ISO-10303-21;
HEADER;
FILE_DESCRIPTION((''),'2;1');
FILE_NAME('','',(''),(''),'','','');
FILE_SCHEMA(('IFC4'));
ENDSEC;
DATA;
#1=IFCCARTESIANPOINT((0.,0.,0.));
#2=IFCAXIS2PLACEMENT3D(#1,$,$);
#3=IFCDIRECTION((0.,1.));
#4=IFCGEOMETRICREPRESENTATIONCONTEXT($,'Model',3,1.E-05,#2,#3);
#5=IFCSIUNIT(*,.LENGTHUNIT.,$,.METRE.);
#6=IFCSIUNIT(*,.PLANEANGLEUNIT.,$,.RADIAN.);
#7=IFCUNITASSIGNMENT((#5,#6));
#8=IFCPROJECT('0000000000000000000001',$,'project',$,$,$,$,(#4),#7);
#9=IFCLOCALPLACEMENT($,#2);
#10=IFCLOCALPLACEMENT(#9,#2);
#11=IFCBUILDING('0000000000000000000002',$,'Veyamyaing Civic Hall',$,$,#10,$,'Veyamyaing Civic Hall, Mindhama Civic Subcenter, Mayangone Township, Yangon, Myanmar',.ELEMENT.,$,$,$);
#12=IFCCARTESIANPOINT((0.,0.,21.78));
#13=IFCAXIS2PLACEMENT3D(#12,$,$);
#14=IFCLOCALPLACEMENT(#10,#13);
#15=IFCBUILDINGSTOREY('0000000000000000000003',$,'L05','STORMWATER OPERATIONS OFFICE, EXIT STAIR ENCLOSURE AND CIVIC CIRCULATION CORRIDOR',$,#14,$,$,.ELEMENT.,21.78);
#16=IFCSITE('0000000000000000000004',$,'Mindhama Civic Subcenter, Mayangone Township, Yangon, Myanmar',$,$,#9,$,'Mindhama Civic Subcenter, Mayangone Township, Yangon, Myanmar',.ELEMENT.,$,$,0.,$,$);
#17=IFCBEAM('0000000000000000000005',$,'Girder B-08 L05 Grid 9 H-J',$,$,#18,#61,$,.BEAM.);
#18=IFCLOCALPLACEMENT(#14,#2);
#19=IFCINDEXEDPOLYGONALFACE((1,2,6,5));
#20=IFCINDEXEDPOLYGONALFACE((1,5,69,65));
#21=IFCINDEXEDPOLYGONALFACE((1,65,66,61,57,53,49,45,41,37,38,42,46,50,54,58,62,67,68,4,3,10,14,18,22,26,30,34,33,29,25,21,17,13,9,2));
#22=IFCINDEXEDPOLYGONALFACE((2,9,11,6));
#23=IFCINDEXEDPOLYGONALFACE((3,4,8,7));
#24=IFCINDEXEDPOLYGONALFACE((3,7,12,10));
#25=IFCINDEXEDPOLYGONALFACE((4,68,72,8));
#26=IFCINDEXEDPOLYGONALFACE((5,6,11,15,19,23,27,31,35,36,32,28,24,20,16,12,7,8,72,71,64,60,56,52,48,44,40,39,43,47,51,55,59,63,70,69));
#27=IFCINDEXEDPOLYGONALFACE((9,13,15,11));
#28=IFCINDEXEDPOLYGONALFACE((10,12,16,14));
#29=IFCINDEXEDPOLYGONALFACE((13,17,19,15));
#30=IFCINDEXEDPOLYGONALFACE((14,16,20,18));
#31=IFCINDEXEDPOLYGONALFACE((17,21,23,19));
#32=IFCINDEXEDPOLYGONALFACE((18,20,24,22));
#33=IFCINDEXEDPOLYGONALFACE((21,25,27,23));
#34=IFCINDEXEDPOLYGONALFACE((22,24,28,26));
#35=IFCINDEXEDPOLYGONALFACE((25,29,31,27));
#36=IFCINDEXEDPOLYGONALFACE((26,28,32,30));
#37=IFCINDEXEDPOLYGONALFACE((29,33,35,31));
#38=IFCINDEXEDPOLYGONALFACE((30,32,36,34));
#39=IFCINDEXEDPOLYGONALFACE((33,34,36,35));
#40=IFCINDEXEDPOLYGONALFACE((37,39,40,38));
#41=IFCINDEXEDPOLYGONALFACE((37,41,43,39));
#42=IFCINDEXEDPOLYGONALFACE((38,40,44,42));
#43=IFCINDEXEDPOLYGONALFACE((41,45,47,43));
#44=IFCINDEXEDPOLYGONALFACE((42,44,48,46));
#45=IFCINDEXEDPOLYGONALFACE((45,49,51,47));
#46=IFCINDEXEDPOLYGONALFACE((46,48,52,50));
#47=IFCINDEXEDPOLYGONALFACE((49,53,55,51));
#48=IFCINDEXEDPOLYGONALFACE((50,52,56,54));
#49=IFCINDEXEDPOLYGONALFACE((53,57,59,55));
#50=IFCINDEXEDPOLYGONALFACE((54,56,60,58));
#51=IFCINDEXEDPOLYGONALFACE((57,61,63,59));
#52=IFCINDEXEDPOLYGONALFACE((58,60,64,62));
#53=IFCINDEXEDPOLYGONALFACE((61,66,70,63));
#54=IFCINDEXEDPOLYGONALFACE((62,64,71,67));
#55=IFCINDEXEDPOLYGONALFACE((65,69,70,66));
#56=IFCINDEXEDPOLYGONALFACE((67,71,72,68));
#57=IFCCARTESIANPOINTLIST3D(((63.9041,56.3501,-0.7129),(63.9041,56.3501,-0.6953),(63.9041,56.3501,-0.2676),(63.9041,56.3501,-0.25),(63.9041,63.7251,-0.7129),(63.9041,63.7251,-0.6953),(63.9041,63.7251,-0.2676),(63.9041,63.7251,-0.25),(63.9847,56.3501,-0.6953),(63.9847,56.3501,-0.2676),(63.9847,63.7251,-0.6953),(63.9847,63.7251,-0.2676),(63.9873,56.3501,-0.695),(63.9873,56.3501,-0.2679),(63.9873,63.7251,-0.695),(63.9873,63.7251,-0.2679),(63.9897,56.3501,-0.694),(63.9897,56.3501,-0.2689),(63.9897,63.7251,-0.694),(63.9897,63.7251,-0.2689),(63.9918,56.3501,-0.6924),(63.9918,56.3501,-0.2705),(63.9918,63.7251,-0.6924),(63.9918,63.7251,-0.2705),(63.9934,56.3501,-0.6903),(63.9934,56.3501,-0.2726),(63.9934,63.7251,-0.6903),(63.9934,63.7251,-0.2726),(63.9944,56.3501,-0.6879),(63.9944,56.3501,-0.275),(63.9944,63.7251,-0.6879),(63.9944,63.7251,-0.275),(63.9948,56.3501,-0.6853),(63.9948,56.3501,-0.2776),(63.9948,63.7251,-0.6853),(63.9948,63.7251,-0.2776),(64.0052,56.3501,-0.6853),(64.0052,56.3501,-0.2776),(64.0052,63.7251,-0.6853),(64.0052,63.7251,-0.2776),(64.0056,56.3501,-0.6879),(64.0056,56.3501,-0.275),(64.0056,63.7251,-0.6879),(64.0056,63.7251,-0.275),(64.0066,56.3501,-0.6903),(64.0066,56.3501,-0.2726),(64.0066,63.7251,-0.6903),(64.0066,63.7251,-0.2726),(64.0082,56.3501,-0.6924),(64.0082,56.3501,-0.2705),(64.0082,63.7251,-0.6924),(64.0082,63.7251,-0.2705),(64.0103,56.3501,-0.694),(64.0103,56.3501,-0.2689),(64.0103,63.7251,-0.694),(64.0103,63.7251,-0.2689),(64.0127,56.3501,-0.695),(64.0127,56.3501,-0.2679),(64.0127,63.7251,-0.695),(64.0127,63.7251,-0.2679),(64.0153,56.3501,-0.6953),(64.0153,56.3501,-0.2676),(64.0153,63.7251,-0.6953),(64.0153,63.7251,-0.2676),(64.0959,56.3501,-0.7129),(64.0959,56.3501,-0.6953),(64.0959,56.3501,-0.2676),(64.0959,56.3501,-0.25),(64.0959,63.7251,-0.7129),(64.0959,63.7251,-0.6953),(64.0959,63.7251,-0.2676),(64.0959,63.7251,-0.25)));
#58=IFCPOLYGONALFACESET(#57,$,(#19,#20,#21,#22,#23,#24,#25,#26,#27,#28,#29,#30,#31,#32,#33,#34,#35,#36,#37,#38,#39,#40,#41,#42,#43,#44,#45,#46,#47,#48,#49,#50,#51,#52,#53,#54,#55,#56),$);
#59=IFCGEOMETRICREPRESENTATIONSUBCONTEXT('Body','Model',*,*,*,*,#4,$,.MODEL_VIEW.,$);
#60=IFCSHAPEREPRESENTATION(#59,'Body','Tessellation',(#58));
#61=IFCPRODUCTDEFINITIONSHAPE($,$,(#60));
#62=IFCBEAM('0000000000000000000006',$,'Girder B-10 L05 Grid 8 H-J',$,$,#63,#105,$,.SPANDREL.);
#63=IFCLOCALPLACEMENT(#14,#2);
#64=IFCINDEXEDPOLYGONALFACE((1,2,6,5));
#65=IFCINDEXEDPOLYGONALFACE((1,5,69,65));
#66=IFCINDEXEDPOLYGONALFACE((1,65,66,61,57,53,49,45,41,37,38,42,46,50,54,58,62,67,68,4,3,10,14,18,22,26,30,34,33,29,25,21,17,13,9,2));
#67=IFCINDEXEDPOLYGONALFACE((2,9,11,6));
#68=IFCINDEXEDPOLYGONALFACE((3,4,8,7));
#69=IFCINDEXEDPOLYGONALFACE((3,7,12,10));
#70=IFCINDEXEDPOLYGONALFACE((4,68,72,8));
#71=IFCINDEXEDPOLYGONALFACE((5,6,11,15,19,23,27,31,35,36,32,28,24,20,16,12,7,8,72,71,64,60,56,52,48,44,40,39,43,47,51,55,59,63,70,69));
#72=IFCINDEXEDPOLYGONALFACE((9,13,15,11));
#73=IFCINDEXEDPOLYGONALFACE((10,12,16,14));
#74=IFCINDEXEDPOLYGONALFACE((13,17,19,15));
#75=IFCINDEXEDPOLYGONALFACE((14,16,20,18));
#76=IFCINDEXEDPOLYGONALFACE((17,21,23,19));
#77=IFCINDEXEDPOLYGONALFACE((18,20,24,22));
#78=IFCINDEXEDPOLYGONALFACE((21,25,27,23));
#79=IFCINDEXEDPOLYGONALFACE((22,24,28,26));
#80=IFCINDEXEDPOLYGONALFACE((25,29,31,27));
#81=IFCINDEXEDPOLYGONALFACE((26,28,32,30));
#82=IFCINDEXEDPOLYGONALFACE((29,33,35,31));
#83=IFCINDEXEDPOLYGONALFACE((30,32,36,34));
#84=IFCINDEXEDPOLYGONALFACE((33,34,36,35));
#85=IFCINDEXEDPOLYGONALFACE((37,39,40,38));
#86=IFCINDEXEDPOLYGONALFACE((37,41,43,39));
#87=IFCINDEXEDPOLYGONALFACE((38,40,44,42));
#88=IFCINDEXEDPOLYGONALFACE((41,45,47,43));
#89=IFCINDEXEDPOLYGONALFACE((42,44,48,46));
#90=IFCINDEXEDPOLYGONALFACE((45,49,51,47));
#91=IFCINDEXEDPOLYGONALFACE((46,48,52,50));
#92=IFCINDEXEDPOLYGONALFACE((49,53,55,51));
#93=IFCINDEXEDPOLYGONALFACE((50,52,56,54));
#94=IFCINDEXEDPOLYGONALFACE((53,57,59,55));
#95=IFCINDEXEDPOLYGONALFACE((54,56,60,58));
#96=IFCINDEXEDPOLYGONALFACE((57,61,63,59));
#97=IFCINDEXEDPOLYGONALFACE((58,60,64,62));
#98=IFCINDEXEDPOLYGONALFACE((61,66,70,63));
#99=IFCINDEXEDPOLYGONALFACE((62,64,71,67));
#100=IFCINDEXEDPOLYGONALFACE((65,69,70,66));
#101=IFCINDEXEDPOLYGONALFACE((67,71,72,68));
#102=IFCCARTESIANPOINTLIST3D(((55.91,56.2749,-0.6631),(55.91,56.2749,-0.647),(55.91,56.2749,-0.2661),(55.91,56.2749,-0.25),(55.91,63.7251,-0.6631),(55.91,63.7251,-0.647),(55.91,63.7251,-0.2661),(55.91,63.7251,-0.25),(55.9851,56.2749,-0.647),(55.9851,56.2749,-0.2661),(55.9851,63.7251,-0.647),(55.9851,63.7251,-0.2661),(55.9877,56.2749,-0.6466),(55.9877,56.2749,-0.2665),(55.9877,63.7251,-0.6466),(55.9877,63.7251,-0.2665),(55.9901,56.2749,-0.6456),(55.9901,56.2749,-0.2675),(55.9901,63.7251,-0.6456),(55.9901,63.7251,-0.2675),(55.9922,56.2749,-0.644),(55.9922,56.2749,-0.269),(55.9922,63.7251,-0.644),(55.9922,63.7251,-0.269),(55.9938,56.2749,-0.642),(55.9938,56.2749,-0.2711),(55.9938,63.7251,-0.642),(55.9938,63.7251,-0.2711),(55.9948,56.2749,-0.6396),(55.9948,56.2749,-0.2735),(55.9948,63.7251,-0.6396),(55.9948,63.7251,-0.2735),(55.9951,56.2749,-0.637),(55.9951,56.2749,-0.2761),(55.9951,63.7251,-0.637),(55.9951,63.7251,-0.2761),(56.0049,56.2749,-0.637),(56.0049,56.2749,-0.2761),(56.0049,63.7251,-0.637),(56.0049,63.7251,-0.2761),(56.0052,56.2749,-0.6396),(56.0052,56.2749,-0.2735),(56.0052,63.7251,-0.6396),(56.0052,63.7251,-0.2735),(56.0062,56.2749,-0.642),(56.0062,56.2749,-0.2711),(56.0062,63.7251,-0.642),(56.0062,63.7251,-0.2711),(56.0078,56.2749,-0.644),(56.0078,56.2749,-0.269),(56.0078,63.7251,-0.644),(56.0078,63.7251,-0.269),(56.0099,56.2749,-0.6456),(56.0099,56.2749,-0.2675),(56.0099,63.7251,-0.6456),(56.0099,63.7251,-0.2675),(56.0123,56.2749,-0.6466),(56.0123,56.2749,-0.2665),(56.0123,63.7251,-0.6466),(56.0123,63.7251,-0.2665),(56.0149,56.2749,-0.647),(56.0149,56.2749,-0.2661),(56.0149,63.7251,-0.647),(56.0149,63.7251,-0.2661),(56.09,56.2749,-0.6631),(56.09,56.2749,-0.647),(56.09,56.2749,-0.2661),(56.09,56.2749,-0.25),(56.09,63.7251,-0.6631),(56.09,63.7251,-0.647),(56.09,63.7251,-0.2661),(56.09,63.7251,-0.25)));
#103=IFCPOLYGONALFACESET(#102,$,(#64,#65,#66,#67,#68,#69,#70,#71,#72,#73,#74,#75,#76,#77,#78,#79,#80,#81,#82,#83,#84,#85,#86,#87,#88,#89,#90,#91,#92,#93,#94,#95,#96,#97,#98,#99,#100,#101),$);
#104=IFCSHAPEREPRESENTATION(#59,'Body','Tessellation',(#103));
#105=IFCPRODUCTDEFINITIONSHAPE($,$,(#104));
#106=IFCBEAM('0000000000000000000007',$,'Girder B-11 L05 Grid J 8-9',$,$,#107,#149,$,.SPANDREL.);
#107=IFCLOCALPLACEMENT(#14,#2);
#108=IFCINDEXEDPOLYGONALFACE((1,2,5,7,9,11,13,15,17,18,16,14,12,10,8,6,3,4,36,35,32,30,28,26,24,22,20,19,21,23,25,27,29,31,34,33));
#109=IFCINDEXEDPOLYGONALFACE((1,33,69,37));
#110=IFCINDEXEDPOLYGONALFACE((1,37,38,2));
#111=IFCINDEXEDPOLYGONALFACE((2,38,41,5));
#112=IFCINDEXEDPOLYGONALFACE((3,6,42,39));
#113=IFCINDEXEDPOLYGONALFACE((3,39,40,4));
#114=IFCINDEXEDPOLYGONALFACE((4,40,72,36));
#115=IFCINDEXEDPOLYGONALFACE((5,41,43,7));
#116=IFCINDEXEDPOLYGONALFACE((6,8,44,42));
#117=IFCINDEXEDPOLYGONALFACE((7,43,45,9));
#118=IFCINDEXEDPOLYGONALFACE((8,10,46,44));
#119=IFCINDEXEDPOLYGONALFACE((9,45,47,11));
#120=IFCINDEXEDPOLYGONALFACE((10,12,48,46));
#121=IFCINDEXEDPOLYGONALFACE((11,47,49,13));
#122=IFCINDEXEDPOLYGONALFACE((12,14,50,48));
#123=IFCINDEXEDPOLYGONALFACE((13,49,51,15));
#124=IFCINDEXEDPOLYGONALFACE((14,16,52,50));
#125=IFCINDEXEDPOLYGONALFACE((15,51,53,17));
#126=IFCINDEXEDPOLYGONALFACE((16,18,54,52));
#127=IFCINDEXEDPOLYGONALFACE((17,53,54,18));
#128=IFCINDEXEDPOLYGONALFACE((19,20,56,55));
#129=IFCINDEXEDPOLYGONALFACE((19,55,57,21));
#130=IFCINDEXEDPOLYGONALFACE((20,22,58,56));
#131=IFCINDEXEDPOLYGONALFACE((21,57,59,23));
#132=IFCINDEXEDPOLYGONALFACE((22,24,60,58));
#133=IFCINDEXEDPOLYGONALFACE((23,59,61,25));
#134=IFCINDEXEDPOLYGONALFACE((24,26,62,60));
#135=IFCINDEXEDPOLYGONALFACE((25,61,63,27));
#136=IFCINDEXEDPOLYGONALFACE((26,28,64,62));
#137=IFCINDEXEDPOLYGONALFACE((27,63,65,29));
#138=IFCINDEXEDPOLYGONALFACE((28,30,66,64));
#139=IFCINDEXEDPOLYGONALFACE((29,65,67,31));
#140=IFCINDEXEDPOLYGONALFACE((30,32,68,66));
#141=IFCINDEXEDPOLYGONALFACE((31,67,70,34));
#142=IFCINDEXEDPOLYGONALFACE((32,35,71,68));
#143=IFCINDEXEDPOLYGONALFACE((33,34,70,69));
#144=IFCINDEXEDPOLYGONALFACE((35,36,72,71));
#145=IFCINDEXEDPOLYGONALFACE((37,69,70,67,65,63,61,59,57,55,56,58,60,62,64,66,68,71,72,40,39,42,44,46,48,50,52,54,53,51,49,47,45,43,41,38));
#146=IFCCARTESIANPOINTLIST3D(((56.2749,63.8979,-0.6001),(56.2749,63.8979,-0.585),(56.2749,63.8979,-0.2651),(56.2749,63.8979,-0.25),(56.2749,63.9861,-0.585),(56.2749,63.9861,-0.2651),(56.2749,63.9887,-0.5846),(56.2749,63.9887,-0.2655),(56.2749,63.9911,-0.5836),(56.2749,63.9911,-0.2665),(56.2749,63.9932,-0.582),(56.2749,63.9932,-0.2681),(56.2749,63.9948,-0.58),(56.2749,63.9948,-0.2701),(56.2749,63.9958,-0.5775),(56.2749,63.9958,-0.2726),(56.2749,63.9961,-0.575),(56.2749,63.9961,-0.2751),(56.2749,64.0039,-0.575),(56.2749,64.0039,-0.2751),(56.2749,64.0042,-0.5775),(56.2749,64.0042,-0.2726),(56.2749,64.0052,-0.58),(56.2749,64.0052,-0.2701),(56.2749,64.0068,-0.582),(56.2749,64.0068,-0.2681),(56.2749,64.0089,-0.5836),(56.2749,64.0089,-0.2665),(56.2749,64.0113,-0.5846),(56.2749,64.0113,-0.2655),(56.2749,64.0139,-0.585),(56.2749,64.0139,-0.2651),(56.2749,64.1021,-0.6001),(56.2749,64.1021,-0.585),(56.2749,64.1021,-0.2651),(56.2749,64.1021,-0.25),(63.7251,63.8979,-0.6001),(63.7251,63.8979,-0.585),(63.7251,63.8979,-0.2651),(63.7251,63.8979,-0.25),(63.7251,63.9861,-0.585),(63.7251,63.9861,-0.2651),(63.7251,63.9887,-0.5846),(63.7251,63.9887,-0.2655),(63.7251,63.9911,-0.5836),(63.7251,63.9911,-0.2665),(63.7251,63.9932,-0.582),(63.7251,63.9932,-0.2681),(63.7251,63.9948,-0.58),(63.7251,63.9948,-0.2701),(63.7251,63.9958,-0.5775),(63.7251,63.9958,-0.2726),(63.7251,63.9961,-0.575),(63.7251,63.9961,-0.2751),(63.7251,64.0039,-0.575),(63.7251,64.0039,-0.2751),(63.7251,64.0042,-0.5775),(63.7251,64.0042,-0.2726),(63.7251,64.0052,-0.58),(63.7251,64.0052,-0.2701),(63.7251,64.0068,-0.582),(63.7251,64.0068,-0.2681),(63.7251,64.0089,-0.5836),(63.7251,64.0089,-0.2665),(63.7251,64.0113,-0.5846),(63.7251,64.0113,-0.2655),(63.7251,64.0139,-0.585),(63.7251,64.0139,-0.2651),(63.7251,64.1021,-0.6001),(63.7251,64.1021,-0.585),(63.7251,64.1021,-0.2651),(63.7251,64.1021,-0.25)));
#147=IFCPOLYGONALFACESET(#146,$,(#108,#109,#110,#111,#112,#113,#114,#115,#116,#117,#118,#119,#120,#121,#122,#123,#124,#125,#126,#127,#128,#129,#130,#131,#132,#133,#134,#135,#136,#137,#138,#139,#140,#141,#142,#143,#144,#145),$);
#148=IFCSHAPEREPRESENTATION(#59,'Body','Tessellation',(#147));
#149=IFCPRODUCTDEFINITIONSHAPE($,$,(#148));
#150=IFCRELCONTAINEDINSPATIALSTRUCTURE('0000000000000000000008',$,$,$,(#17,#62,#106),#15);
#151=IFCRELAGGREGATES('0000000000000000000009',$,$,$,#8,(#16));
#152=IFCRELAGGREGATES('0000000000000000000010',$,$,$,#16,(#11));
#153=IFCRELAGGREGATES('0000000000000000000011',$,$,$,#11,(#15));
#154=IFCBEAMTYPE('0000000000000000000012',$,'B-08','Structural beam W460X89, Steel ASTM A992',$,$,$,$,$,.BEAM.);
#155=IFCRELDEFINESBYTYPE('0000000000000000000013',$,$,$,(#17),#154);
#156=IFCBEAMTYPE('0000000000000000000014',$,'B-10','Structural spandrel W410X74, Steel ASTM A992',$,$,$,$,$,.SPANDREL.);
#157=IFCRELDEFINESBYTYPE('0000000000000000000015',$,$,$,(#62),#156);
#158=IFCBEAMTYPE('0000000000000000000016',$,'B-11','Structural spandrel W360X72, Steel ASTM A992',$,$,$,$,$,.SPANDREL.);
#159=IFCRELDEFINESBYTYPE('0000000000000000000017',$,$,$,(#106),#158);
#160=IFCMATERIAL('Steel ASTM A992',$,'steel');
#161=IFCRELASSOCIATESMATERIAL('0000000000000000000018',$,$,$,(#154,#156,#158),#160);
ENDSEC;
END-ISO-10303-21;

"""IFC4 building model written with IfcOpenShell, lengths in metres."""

from ifc_helpers import new_model, si_unit, direction, frame, origin, origin_2d, place, context, subcontext, project, spatial, i_section, extrude, material, material_profile, profile_set, type_object, element, save


model = new_model("IFC4")

# Units and contexts
model_context = context("Model", 3, precision=1e-05, world=origin(), true_north=direction((0.0, 1.0)))
body_context = subcontext(model_context, "Body", "Model", "MODEL_VIEW")
ifc_project = project(units=[si_unit("LENGTHUNIT", "METRE"), si_unit("PLANEANGLEUNIT", "RADIAN")], contexts=[model_context])

# Site, building, storey
site_placement = place(None, origin())
site = spatial("IfcSite", under=ifc_project, at=site_placement, Name="Mindhama Civic Subcenter, Mayangone Township, Yangon, Myanmar", LongName="Mindhama Civic Subcenter, Mayangone Township, Yangon, Myanmar", CompositionType="ELEMENT", RefElevation=0.0)
building_placement = place(site_placement, origin())
building = spatial("IfcBuilding", under=site, at=building_placement, Name="Veyamyaing Civic Hall", LongName="Veyamyaing Civic Hall, Mindhama Civic Subcenter, Mayangone Township, Yangon, Myanmar", CompositionType="ELEMENT")
storey_placement = place(building_placement, frame((0.0, 0.0, 21.78)))
storey = spatial("IfcBuildingStorey", under=building, at=storey_placement, Name="L05", Description="STORMWATER OPERATIONS OFFICE, EXIT STAIR ENCLOSURE AND CIVIC CIRCULATION CORRIDOR", CompositionType="ELEMENT", Elevation=21.78)

# Beams
ifc_material_1 = material(Name="Steel ASTM A992", Category="steel")
ifc_material_profile_1 = material_profile(ifc_material_1, i_section(OverallWidth=0.1919, OverallDepth=0.4629, WebThickness=0.0105, FlangeThickness=0.0176, FilletRadius=0.01, at=origin_2d()), Name="W460X89")
ifc_profile_set_1 = profile_set([ifc_material_profile_1], Name="Steel ASTM A992")
beam_type_1 = type_object("IfcBeamType", Name="B-08", Description="Structural beam W460X89, Steel ASTM A992", PredefinedType="BEAM", material=ifc_profile_set_1)
beam_1_placement = place(storey_placement, frame((64.0, 56.3501, -0.4814), z_axis=(0.0, 1.0, 0.0), x_axis=(-1.0, 0.0, 0.0)))
element("IfcBeam", 1, at=beam_1_placement, inside=storey, type_object=beam_type_1, Name="Girder B-08 L05 Grid 9 H-J", PredefinedType="BEAM", context=body_context, shape_type="SweptSolid", body=[
    extrude(i_section(OverallWidth=0.1919, OverallDepth=0.4629, WebThickness=0.0105, FlangeThickness=0.0176, FilletRadius=0.01, at=origin_2d()), origin(), (0.0, 0.0, 1.0), 7.375),
])
ifc_material_profile_2 = material_profile(ifc_material_1, i_section(OverallWidth=0.1799, OverallDepth=0.4131, WebThickness=0.0098, FlangeThickness=0.0161, FilletRadius=0.01, at=origin_2d()), Name="W410X74")
ifc_profile_set_2 = profile_set([ifc_material_profile_2], Name="Steel ASTM A992")
beam_type_2 = type_object("IfcBeamType", Name="B-10", Description="Structural spandrel W410X74, Steel ASTM A992", PredefinedType="SPANDREL", material=ifc_profile_set_2)
beam_2_placement = place(storey_placement, frame((56.0, 56.2749, -0.4565), z_axis=(0.0, 1.0, 0.0), x_axis=(-1.0, 0.0, 0.0)))
element("IfcBeam", 2, at=beam_2_placement, inside=storey, type_object=beam_type_2, Name="Girder B-10 L05 Grid 8 H-J", PredefinedType="SPANDREL", context=body_context, shape_type="SweptSolid", body=[
    extrude(i_section(OverallWidth=0.1799, OverallDepth=0.4131, WebThickness=0.0098, FlangeThickness=0.0161, FilletRadius=0.01, at=origin_2d()), origin(), (0.0, 0.0, 1.0), 7.4502),
])
ifc_material_profile_3 = material_profile(ifc_material_1, i_section(OverallWidth=0.2041, OverallDepth=0.3501, WebThickness=0.0078, FlangeThickness=0.0151, FilletRadius=0.01, at=origin_2d()), Name="W360X72")
ifc_profile_set_3 = profile_set([ifc_material_profile_3], Name="Steel ASTM A992")
beam_type_3 = type_object("IfcBeamType", Name="B-11", Description="Structural spandrel W360X72, Steel ASTM A992", PredefinedType="SPANDREL", material=ifc_profile_set_3)
beam_3_placement = place(storey_placement, frame((56.2749, 64.0, -0.425), z_axis=(1.0, 0.0, 0.0), x_axis=(0.0, 1.0, 0.0)))
element("IfcBeam", 3, at=beam_3_placement, inside=storey, type_object=beam_type_3, Name="Girder B-11 L05 Grid J 8-9", PredefinedType="SPANDREL", context=body_context, shape_type="SweptSolid", body=[
    extrude(i_section(OverallWidth=0.2041, OverallDepth=0.3501, WebThickness=0.0078, FlangeThickness=0.0151, FilletRadius=0.01, at=origin_2d()), origin(), (0.0, 0.0, 1.0), 7.4502),
])

save(model, "model.ifc")
